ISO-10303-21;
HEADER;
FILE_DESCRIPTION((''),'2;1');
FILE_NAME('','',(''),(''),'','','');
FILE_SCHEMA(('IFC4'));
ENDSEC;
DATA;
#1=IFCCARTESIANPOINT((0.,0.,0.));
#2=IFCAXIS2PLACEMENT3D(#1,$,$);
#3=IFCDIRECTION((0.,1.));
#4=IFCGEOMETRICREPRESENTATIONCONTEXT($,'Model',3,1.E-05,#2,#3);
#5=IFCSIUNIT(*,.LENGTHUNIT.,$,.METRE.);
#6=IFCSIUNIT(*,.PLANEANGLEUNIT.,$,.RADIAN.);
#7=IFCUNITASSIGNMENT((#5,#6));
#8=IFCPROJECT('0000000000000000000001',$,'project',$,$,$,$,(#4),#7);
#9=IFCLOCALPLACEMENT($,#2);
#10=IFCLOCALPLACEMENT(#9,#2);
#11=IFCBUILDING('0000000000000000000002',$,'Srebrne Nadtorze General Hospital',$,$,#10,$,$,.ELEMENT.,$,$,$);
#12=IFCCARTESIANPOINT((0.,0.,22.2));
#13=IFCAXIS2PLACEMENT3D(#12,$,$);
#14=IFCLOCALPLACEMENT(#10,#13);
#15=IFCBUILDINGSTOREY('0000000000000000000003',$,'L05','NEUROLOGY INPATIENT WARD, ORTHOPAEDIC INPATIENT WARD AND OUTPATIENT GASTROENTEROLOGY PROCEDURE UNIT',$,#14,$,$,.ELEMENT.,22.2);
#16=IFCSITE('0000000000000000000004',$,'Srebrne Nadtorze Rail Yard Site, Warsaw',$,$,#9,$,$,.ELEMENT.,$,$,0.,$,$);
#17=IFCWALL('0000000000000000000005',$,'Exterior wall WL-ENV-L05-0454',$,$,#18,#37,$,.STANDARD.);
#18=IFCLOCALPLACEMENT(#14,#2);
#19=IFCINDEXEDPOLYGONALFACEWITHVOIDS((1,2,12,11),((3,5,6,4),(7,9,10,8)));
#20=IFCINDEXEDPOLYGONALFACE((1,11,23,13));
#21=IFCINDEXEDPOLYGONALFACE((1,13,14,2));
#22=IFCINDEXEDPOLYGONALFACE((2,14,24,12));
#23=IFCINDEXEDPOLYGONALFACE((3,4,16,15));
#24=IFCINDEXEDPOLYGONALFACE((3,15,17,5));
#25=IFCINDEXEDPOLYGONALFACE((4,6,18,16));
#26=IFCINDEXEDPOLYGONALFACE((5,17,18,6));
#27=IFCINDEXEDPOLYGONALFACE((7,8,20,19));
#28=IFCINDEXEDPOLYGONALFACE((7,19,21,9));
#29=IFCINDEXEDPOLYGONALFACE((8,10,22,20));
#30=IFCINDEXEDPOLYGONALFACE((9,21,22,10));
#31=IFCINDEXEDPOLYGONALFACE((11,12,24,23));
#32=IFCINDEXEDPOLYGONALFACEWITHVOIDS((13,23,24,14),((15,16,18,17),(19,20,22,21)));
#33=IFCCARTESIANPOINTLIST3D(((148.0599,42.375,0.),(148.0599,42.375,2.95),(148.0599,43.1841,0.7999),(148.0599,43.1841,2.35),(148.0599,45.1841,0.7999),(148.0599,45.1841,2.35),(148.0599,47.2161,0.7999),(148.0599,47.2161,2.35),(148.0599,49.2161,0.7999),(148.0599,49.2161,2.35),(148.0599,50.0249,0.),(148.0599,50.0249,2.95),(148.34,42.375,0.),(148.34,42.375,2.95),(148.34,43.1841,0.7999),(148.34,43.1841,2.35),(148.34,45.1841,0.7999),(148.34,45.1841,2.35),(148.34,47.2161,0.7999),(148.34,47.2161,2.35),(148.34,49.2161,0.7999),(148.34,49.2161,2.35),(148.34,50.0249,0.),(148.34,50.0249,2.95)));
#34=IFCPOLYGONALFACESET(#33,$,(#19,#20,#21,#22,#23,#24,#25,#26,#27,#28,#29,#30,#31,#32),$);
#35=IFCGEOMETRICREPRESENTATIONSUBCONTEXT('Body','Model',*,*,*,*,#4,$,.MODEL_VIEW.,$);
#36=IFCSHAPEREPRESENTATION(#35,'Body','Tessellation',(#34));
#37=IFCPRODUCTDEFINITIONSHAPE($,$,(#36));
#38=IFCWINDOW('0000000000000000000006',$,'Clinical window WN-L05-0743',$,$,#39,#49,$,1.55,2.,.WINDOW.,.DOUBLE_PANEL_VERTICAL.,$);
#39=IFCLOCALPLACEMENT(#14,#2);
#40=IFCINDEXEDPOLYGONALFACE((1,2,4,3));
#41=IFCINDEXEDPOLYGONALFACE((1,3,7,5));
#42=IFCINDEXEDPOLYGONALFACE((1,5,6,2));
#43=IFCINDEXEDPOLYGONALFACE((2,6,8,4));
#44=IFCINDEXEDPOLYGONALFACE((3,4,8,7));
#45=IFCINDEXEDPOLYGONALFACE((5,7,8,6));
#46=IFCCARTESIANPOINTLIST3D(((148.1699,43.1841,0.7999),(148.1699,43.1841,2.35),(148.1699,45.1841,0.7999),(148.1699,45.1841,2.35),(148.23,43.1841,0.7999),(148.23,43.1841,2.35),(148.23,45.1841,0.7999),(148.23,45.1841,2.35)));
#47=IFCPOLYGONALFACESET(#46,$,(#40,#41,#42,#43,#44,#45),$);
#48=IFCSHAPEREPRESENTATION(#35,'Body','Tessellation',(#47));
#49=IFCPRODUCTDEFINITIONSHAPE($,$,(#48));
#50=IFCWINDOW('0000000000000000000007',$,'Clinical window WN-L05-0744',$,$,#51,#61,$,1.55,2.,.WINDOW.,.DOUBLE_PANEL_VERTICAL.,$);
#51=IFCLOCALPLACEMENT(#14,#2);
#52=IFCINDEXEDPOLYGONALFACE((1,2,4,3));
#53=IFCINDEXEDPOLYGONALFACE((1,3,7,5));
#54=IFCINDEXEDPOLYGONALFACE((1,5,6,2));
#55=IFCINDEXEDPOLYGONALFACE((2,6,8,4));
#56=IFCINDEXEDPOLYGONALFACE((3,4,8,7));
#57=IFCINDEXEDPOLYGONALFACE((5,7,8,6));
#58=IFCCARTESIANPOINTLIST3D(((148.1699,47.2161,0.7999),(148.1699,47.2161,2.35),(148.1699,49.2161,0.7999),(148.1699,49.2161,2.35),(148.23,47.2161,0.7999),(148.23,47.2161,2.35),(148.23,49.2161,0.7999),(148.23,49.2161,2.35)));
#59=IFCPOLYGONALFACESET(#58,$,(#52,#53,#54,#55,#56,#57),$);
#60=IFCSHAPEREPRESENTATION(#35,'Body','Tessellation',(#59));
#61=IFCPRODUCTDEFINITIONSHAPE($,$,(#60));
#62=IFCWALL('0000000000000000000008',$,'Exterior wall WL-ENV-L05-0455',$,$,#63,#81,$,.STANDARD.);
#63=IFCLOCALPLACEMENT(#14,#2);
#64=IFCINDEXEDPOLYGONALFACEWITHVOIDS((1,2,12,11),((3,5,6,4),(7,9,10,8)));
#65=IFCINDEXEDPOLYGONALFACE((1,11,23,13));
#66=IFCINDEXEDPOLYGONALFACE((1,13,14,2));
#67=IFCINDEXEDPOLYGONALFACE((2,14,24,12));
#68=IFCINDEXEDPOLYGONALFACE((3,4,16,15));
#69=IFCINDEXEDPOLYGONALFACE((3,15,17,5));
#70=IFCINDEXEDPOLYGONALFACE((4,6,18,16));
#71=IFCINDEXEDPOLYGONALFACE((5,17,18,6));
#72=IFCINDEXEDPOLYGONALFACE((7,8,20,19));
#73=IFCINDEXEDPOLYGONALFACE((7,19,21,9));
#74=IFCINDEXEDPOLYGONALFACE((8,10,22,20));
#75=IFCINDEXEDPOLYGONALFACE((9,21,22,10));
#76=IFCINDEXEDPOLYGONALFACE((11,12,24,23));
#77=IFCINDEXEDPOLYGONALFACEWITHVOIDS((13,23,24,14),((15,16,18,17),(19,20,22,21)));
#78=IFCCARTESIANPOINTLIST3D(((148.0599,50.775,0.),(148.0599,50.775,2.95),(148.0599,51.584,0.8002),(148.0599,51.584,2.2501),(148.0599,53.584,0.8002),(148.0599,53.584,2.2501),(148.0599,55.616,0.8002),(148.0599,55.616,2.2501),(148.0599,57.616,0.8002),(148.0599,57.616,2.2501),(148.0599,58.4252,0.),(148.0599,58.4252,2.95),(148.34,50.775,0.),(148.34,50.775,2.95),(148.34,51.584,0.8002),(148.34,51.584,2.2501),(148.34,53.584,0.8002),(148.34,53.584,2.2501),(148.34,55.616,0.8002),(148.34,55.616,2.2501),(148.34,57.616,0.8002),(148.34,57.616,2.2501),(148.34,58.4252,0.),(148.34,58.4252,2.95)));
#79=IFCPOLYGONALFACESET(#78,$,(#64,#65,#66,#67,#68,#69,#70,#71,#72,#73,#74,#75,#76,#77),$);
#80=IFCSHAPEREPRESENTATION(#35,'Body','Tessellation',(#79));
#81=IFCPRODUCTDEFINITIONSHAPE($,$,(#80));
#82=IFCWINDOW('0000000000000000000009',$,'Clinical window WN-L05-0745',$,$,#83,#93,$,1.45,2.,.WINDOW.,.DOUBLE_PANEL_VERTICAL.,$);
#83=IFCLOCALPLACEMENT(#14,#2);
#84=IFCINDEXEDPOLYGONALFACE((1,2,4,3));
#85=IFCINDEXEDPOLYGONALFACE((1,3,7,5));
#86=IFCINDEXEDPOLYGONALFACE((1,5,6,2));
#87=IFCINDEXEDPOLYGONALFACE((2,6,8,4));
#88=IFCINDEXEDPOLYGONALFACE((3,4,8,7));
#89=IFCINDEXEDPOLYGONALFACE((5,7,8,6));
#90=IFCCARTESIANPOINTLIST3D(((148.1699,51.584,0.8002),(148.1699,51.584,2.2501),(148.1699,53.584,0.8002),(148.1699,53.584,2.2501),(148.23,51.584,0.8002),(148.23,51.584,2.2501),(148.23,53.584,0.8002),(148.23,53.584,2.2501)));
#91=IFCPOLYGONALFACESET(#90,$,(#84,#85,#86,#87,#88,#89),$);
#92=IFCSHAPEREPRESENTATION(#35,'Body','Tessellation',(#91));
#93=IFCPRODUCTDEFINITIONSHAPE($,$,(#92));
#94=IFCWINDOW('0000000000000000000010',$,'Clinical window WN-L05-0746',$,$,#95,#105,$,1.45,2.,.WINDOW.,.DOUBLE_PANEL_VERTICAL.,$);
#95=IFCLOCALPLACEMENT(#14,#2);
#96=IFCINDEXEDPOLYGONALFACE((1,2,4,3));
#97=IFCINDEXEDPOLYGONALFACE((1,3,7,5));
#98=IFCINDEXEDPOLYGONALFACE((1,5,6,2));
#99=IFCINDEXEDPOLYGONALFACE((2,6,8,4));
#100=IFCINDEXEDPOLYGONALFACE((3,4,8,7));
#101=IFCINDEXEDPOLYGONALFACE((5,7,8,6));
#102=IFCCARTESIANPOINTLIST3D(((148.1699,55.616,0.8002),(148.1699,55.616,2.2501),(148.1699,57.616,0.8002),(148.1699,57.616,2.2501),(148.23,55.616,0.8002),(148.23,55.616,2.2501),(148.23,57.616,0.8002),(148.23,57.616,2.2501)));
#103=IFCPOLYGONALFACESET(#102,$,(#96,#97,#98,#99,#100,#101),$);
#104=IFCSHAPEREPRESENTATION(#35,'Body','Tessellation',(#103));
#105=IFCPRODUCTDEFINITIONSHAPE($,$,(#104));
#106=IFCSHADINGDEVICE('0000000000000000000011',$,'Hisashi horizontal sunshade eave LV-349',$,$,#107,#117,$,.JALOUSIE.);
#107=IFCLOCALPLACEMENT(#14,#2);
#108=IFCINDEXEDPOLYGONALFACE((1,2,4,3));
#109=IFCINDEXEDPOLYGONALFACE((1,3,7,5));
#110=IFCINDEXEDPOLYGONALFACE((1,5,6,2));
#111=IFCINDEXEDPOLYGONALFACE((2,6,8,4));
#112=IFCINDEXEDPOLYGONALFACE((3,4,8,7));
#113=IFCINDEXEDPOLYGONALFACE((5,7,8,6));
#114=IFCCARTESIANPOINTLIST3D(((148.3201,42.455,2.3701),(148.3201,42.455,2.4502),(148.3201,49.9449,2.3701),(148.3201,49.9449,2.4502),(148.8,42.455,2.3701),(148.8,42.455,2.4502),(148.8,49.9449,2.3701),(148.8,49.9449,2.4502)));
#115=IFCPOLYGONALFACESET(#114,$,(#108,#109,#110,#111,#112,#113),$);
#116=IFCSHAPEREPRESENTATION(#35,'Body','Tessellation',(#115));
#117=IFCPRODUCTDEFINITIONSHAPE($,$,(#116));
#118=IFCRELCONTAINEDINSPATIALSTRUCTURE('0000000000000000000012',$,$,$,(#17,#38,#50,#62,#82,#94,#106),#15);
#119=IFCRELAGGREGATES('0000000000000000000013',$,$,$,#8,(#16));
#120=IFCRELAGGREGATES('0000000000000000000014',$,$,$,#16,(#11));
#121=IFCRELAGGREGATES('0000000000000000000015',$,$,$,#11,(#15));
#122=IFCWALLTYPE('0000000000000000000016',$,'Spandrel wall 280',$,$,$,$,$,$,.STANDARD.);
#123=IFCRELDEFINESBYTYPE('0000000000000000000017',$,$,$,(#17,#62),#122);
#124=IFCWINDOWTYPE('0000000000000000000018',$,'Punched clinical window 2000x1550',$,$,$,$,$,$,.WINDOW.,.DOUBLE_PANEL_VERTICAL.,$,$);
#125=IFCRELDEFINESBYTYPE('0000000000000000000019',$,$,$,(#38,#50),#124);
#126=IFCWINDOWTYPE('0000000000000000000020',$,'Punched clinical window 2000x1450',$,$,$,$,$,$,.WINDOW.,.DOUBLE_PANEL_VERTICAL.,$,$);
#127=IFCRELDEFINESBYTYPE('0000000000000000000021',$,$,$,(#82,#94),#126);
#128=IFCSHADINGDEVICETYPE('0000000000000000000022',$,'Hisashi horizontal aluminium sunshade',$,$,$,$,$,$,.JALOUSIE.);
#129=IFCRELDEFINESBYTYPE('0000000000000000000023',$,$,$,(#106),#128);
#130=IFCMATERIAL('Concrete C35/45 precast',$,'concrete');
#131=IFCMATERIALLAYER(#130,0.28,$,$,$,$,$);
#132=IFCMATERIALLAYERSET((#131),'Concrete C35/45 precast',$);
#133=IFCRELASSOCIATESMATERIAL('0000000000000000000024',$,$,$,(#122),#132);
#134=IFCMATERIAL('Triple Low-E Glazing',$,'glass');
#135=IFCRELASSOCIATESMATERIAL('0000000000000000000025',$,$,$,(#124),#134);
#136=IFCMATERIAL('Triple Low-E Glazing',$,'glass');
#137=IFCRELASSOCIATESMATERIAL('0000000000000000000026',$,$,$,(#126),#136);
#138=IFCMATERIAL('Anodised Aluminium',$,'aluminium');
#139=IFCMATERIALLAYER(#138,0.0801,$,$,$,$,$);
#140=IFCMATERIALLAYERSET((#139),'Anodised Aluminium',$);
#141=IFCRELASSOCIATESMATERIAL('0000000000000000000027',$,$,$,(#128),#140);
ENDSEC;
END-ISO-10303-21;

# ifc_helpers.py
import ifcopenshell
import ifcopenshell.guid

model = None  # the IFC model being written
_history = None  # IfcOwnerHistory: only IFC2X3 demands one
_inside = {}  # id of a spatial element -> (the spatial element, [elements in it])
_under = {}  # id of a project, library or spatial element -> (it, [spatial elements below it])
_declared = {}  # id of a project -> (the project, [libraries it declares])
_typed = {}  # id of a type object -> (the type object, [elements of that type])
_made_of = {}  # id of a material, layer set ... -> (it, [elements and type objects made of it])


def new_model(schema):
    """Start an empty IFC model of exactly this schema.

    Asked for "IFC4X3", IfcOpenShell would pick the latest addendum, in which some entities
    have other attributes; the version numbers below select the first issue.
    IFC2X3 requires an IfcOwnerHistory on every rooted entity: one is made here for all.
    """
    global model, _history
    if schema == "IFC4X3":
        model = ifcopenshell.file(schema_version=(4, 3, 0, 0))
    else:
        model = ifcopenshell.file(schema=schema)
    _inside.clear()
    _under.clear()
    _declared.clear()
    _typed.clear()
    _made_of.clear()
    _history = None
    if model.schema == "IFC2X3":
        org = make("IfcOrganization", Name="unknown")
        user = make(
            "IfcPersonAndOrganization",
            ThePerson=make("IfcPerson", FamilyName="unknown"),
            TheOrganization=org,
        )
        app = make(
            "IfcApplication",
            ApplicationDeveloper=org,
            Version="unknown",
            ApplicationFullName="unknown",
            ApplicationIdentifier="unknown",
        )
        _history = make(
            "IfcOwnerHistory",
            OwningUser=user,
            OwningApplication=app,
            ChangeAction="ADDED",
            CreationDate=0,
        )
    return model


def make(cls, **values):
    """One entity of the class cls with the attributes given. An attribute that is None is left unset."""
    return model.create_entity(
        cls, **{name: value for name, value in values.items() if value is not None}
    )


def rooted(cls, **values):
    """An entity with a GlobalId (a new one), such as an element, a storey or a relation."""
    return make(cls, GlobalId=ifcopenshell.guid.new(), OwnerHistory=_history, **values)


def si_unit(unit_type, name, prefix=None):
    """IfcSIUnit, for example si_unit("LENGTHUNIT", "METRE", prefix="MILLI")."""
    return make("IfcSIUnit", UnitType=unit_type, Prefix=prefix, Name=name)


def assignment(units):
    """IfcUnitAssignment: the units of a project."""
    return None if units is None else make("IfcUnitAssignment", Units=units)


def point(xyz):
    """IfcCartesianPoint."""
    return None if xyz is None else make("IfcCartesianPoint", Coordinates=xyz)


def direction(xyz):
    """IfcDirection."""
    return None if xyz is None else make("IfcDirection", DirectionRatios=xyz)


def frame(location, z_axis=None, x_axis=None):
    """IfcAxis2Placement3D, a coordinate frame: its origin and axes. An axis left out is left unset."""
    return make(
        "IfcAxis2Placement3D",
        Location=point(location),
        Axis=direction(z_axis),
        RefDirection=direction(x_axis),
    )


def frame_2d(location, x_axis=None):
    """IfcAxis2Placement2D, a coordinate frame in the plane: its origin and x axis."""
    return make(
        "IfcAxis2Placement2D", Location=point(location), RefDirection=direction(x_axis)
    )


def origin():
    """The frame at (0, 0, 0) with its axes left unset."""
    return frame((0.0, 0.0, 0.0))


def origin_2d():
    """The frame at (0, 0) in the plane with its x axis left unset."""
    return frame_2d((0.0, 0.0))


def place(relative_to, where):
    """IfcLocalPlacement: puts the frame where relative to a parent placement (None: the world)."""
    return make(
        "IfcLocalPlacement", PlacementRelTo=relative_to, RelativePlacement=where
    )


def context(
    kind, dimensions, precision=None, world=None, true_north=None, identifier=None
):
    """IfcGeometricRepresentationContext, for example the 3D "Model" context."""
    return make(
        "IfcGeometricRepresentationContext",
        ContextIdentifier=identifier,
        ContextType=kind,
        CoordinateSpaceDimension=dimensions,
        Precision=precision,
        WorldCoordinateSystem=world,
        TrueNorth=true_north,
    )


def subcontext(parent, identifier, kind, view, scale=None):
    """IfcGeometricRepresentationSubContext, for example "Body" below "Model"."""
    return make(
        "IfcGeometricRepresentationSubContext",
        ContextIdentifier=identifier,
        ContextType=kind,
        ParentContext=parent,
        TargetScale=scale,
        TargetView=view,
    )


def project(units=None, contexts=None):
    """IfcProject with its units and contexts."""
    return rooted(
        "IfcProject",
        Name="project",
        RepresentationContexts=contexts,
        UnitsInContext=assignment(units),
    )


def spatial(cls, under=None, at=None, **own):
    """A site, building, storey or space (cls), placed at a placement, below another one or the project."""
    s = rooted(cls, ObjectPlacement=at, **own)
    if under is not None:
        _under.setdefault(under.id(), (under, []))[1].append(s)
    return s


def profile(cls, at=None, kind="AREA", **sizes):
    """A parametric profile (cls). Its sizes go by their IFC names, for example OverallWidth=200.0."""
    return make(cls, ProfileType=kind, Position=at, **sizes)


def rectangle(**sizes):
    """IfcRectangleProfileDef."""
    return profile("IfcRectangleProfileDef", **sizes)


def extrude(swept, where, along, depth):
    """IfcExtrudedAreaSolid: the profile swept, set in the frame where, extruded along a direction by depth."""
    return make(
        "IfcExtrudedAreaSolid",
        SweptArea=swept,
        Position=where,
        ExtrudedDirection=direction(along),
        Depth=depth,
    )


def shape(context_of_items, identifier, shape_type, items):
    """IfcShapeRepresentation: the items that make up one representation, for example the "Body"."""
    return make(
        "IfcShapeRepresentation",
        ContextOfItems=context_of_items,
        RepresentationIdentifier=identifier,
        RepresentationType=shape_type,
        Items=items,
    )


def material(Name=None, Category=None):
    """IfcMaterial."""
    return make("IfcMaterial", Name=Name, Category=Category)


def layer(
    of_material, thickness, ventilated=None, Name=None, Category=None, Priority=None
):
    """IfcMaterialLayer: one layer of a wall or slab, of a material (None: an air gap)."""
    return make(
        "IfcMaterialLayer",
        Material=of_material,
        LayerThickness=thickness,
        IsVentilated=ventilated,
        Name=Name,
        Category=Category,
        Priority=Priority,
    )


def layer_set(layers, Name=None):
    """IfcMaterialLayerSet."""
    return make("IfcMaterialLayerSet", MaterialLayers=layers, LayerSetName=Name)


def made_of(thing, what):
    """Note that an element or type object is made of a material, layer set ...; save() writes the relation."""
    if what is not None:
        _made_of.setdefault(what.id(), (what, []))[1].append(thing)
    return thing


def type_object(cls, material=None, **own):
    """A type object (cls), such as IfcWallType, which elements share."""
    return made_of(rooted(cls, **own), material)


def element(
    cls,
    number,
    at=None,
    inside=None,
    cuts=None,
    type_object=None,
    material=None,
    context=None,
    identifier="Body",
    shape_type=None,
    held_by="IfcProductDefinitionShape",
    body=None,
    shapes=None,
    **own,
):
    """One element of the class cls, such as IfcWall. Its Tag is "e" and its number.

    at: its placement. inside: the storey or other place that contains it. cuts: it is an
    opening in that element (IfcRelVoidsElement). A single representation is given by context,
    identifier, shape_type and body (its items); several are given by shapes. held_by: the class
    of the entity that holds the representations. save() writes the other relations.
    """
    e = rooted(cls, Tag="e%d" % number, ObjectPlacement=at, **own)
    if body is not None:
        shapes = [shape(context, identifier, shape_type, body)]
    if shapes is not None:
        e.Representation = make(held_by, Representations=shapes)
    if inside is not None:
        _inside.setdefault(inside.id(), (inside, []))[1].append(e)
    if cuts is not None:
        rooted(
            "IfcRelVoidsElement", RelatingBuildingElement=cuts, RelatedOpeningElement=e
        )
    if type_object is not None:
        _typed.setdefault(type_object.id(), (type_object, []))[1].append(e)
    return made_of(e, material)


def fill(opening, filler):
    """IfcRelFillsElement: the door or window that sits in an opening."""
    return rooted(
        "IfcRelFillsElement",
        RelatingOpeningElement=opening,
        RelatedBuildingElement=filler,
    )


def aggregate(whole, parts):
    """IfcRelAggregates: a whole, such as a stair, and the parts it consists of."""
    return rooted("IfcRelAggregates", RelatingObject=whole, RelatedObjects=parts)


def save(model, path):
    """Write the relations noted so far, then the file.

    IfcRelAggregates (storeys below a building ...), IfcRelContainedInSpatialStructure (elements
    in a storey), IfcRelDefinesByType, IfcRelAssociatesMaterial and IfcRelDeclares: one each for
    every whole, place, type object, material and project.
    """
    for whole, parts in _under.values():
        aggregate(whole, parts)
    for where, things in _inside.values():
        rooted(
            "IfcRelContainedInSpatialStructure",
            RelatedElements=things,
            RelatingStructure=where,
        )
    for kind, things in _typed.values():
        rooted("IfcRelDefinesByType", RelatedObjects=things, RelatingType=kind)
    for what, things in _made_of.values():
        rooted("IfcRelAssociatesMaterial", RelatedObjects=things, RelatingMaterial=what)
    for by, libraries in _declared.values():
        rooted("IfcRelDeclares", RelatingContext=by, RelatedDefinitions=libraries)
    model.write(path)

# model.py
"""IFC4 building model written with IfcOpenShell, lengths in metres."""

from ifc_helpers import new_model, si_unit, direction, frame, frame_2d, origin, origin_2d, place, context, subcontext, project, spatial, rectangle, extrude, material, layer, layer_set, type_object, element, fill, save


model = new_model("IFC4")

# Units and contexts
model_context = context("Model", 3, precision=1e-05, world=origin(), true_north=direction((0.0, 1.0)))
body_context = subcontext(model_context, "Body", "Model", "MODEL_VIEW")
ifc_project = project(units=[si_unit("LENGTHUNIT", "METRE"), si_unit("PLANEANGLEUNIT", "RADIAN")], contexts=[model_context])

# Site, building, storey
site_placement = place(None, origin())
site = spatial("IfcSite", under=ifc_project, at=site_placement, Name="Srebrne Nadtorze Rail Yard Site, Warsaw", CompositionType="ELEMENT", RefElevation=0.0)
building_placement = place(site_placement, origin())
building = spatial("IfcBuilding", under=site, at=building_placement, Name="Srebrne Nadtorze General Hospital", CompositionType="ELEMENT")
storey_placement = place(building_placement, frame((0.0, 0.0, 22.2)))
storey = spatial("IfcBuildingStorey", under=building, at=storey_placement, Name="L05", Description="NEUROLOGY INPATIENT WARD, ORTHOPAEDIC INPATIENT WARD AND OUTPATIENT GASTROENTEROLOGY PROCEDURE UNIT", CompositionType="ELEMENT", Elevation=22.2)

# Walls, openings, windows
ifc_material_1 = material(Name="Concrete C35/45 precast", Category="concrete")
ifc_layer_1 = layer(ifc_material_1, 0.28)
ifc_layer_set_1 = layer_set([ifc_layer_1], Name="Concrete C35/45 precast")
wall_type_1 = type_object("IfcWallType", Name="Spandrel wall 280", PredefinedType="STANDARD", material=ifc_layer_set_1)
wall_1_placement = place(storey_placement, frame((148.2, 42.375, 0.0), z_axis=(0.0, 0.0, 1.0), x_axis=(0.0, 1.0, 0.0)))
wall_1 = element("IfcWall", 1, at=wall_1_placement, inside=storey, type_object=wall_type_1, Name="Exterior wall WL-ENV-L05-0454", PredefinedType="STANDARD", context=body_context, shape_type="SweptSolid", body=[
    extrude(rectangle(XDim=7.6499, YDim=0.28, at=frame_2d((3.825, 0.0))), origin(), (0.0, 0.0, 1.0), 2.95),
])
opening_1_placement = place(wall_1_placement, frame((0.8091, 0.0, 0.8)))
opening_1 = element("IfcOpeningElement", 2, at=opening_1_placement, cuts=wall_1, PredefinedType="OPENING", context=body_context, shape_type="SweptSolid", body=[
    extrude(rectangle(XDim=2.0, YDim=1.55, at=frame_2d((1.0, 0.7749))), frame((0.0, 0.1519, 0.0), z_axis=(0.0, -1.0, 0.0), x_axis=(1.0, 0.0, 0.0)), (0.0, 0.0, 1.0), 0.304),
])
opening_2_placement = place(wall_1_placement, frame((4.8411, 0.0, 0.8)))
opening_2 = element("IfcOpeningElement", 3, at=opening_2_placement, cuts=wall_1, PredefinedType="OPENING", context=body_context, shape_type="SweptSolid", body=[
    extrude(rectangle(XDim=2.0, YDim=1.55, at=frame_2d((1.0, 0.7749))), frame((0.0, 0.1519, 0.0), z_axis=(0.0, -1.0, 0.0), x_axis=(1.0, 0.0, 0.0)), (0.0, 0.0, 1.0), 0.304),
])
ifc_material_2 = material(Name="Triple Low-E Glazing", Category="glass")
window_type_1 = type_object("IfcWindowType", Name="Punched clinical window 2000x1550", PartitioningType="DOUBLE_PANEL_VERTICAL", PredefinedType="WINDOW", material=ifc_material_2)
window_1_placement = place(opening_1_placement, origin())
window_1 = element("IfcWindow", 4, at=window_1_placement, inside=storey, type_object=window_type_1, Name="Clinical window WN-L05-0743", OverallHeight=1.55, OverallWidth=2.0, PartitioningType="DOUBLE_PANEL_VERTICAL", PredefinedType="WINDOW", context=body_context, shape_type="SweptSolid", body=[
    extrude(rectangle(XDim=2.0, YDim=1.55, at=frame_2d((1.0, 0.7749))), frame((0.0, 0.03, 0.0), z_axis=(0.0, -1.0, 0.0), x_axis=(1.0, 0.0, 0.0)), (0.0, 0.0, 1.0), 0.0601),
])
fill(opening_1, window_1)
window_2_placement = place(opening_2_placement, origin())
window_2 = element("IfcWindow", 5, at=window_2_placement, inside=storey, type_object=window_type_1, Name="Clinical window WN-L05-0744", OverallHeight=1.55, OverallWidth=2.0, PartitioningType="DOUBLE_PANEL_VERTICAL", PredefinedType="WINDOW", context=body_context, shape_type="SweptSolid", body=[
    extrude(rectangle(XDim=2.0, YDim=1.55, at=frame_2d((1.0, 0.7749))), frame((0.0, 0.03, 0.0), z_axis=(0.0, -1.0, 0.0), x_axis=(1.0, 0.0, 0.0)), (0.0, 0.0, 1.0), 0.0601),
])
fill(opening_2, window_2)
wall_2_placement = place(storey_placement, frame((148.2, 50.7749, 0.0), z_axis=(0.0, 0.0, 1.0), x_axis=(0.0, 1.0, 0.0)))
wall_2 = element("IfcWall", 6, at=wall_2_placement, inside=storey, type_object=wall_type_1, Name="Exterior wall WL-ENV-L05-0455", PredefinedType="STANDARD", context=body_context, shape_type="SweptSolid", body=[
    extrude(rectangle(XDim=7.6501, YDim=0.28, at=frame_2d((3.8252, 0.0))), origin(), (0.0, 0.0, 1.0), 2.95),
])
opening_3_placement = place(wall_2_placement, frame((0.8091, 0.0, 0.8)))
opening_3 = element("IfcOpeningElement", 7, at=opening_3_placement, cuts=wall_2, PredefinedType="OPENING", context=body_context, shape_type="SweptSolid", body=[
    extrude(rectangle(XDim=2.0, YDim=1.45, at=frame_2d((1.0, 0.7251))), frame((0.0, 0.1519, 0.0), z_axis=(0.0, -1.0, 0.0), x_axis=(1.0, 0.0, 0.0)), (0.0, 0.0, 1.0), 0.304),
])
opening_4_placement = place(wall_2_placement, frame((4.8411, 0.0, 0.8)))
opening_4 = element("IfcOpeningElement", 8, at=opening_4_placement, cuts=wall_2, PredefinedType="OPENING", context=body_context, shape_type="SweptSolid", body=[
    extrude(rectangle(XDim=2.0, YDim=1.45, at=frame_2d((1.0, 0.7251))), frame((0.0, 0.1519, 0.0), z_axis=(0.0, -1.0, 0.0), x_axis=(1.0, 0.0, 0.0)), (0.0, 0.0, 1.0), 0.304),
])
ifc_material_3 = material(Name="Triple Low-E Glazing", Category="glass")
window_type_2 = type_object("IfcWindowType", Name="Punched clinical window 2000x1450", PartitioningType="DOUBLE_PANEL_VERTICAL", PredefinedType="WINDOW", material=ifc_material_3)
window_3_placement = place(opening_3_placement, origin())
window_3 = element("IfcWindow", 9, at=window_3_placement, inside=storey, type_object=window_type_2, Name="Clinical window WN-L05-0745", OverallHeight=1.45, OverallWidth=2.0, PartitioningType="DOUBLE_PANEL_VERTICAL", PredefinedType="WINDOW", context=body_context, shape_type="SweptSolid", body=[
    extrude(rectangle(XDim=2.0, YDim=1.45, at=frame_2d((1.0, 0.7251))), frame((0.0, 0.03, 0.0), z_axis=(0.0, -1.0, 0.0), x_axis=(1.0, 0.0, 0.0)), (0.0, 0.0, 1.0), 0.0601),
])
fill(opening_3, window_3)
window_4_placement = place(opening_4_placement, origin())
window_4 = element("IfcWindow", 10, at=window_4_placement, inside=storey, type_object=window_type_2, Name="Clinical window WN-L05-0746", OverallHeight=1.45, OverallWidth=2.0, PartitioningType="DOUBLE_PANEL_VERTICAL", PredefinedType="WINDOW", context=body_context, shape_type="SweptSolid", body=[
    extrude(rectangle(XDim=2.0, YDim=1.45, at=frame_2d((1.0, 0.7251))), frame((0.0, 0.03, 0.0), z_axis=(0.0, -1.0, 0.0), x_axis=(1.0, 0.0, 0.0)), (0.0, 0.0, 1.0), 0.0601),
])
fill(opening_4, window_4)

# Shading device
ifc_material_4 = material(Name="Anodised Aluminium", Category="aluminium")
ifc_layer_2 = layer(ifc_material_4, 0.0801)
ifc_layer_set_2 = layer_set([ifc_layer_2], Name="Anodised Aluminium")
shading_device_type = type_object("IfcShadingDeviceType", Name="Hisashi horizontal aluminium sunshade", PredefinedType="JALOUSIE", material=ifc_layer_set_2)
shading_device_placement = place(storey_placement, frame((148.5601, 46.2, 2.3701), z_axis=(0.0, 0.0, 1.0), x_axis=(1.0, 0.0, 0.0)))
element("IfcShadingDevice", 11, at=shading_device_placement, inside=storey, type_object=shading_device_type, Name="Hisashi horizontal sunshade eave LV-349", PredefinedType="JALOUSIE", context=body_context, shape_type="SweptSolid", body=[
    extrude(rectangle(XDim=0.48, YDim=7.49, at=origin_2d()), origin(), (0.0, 0.0, 1.0), 0.0801),
])

save(model, "model.ifc")
